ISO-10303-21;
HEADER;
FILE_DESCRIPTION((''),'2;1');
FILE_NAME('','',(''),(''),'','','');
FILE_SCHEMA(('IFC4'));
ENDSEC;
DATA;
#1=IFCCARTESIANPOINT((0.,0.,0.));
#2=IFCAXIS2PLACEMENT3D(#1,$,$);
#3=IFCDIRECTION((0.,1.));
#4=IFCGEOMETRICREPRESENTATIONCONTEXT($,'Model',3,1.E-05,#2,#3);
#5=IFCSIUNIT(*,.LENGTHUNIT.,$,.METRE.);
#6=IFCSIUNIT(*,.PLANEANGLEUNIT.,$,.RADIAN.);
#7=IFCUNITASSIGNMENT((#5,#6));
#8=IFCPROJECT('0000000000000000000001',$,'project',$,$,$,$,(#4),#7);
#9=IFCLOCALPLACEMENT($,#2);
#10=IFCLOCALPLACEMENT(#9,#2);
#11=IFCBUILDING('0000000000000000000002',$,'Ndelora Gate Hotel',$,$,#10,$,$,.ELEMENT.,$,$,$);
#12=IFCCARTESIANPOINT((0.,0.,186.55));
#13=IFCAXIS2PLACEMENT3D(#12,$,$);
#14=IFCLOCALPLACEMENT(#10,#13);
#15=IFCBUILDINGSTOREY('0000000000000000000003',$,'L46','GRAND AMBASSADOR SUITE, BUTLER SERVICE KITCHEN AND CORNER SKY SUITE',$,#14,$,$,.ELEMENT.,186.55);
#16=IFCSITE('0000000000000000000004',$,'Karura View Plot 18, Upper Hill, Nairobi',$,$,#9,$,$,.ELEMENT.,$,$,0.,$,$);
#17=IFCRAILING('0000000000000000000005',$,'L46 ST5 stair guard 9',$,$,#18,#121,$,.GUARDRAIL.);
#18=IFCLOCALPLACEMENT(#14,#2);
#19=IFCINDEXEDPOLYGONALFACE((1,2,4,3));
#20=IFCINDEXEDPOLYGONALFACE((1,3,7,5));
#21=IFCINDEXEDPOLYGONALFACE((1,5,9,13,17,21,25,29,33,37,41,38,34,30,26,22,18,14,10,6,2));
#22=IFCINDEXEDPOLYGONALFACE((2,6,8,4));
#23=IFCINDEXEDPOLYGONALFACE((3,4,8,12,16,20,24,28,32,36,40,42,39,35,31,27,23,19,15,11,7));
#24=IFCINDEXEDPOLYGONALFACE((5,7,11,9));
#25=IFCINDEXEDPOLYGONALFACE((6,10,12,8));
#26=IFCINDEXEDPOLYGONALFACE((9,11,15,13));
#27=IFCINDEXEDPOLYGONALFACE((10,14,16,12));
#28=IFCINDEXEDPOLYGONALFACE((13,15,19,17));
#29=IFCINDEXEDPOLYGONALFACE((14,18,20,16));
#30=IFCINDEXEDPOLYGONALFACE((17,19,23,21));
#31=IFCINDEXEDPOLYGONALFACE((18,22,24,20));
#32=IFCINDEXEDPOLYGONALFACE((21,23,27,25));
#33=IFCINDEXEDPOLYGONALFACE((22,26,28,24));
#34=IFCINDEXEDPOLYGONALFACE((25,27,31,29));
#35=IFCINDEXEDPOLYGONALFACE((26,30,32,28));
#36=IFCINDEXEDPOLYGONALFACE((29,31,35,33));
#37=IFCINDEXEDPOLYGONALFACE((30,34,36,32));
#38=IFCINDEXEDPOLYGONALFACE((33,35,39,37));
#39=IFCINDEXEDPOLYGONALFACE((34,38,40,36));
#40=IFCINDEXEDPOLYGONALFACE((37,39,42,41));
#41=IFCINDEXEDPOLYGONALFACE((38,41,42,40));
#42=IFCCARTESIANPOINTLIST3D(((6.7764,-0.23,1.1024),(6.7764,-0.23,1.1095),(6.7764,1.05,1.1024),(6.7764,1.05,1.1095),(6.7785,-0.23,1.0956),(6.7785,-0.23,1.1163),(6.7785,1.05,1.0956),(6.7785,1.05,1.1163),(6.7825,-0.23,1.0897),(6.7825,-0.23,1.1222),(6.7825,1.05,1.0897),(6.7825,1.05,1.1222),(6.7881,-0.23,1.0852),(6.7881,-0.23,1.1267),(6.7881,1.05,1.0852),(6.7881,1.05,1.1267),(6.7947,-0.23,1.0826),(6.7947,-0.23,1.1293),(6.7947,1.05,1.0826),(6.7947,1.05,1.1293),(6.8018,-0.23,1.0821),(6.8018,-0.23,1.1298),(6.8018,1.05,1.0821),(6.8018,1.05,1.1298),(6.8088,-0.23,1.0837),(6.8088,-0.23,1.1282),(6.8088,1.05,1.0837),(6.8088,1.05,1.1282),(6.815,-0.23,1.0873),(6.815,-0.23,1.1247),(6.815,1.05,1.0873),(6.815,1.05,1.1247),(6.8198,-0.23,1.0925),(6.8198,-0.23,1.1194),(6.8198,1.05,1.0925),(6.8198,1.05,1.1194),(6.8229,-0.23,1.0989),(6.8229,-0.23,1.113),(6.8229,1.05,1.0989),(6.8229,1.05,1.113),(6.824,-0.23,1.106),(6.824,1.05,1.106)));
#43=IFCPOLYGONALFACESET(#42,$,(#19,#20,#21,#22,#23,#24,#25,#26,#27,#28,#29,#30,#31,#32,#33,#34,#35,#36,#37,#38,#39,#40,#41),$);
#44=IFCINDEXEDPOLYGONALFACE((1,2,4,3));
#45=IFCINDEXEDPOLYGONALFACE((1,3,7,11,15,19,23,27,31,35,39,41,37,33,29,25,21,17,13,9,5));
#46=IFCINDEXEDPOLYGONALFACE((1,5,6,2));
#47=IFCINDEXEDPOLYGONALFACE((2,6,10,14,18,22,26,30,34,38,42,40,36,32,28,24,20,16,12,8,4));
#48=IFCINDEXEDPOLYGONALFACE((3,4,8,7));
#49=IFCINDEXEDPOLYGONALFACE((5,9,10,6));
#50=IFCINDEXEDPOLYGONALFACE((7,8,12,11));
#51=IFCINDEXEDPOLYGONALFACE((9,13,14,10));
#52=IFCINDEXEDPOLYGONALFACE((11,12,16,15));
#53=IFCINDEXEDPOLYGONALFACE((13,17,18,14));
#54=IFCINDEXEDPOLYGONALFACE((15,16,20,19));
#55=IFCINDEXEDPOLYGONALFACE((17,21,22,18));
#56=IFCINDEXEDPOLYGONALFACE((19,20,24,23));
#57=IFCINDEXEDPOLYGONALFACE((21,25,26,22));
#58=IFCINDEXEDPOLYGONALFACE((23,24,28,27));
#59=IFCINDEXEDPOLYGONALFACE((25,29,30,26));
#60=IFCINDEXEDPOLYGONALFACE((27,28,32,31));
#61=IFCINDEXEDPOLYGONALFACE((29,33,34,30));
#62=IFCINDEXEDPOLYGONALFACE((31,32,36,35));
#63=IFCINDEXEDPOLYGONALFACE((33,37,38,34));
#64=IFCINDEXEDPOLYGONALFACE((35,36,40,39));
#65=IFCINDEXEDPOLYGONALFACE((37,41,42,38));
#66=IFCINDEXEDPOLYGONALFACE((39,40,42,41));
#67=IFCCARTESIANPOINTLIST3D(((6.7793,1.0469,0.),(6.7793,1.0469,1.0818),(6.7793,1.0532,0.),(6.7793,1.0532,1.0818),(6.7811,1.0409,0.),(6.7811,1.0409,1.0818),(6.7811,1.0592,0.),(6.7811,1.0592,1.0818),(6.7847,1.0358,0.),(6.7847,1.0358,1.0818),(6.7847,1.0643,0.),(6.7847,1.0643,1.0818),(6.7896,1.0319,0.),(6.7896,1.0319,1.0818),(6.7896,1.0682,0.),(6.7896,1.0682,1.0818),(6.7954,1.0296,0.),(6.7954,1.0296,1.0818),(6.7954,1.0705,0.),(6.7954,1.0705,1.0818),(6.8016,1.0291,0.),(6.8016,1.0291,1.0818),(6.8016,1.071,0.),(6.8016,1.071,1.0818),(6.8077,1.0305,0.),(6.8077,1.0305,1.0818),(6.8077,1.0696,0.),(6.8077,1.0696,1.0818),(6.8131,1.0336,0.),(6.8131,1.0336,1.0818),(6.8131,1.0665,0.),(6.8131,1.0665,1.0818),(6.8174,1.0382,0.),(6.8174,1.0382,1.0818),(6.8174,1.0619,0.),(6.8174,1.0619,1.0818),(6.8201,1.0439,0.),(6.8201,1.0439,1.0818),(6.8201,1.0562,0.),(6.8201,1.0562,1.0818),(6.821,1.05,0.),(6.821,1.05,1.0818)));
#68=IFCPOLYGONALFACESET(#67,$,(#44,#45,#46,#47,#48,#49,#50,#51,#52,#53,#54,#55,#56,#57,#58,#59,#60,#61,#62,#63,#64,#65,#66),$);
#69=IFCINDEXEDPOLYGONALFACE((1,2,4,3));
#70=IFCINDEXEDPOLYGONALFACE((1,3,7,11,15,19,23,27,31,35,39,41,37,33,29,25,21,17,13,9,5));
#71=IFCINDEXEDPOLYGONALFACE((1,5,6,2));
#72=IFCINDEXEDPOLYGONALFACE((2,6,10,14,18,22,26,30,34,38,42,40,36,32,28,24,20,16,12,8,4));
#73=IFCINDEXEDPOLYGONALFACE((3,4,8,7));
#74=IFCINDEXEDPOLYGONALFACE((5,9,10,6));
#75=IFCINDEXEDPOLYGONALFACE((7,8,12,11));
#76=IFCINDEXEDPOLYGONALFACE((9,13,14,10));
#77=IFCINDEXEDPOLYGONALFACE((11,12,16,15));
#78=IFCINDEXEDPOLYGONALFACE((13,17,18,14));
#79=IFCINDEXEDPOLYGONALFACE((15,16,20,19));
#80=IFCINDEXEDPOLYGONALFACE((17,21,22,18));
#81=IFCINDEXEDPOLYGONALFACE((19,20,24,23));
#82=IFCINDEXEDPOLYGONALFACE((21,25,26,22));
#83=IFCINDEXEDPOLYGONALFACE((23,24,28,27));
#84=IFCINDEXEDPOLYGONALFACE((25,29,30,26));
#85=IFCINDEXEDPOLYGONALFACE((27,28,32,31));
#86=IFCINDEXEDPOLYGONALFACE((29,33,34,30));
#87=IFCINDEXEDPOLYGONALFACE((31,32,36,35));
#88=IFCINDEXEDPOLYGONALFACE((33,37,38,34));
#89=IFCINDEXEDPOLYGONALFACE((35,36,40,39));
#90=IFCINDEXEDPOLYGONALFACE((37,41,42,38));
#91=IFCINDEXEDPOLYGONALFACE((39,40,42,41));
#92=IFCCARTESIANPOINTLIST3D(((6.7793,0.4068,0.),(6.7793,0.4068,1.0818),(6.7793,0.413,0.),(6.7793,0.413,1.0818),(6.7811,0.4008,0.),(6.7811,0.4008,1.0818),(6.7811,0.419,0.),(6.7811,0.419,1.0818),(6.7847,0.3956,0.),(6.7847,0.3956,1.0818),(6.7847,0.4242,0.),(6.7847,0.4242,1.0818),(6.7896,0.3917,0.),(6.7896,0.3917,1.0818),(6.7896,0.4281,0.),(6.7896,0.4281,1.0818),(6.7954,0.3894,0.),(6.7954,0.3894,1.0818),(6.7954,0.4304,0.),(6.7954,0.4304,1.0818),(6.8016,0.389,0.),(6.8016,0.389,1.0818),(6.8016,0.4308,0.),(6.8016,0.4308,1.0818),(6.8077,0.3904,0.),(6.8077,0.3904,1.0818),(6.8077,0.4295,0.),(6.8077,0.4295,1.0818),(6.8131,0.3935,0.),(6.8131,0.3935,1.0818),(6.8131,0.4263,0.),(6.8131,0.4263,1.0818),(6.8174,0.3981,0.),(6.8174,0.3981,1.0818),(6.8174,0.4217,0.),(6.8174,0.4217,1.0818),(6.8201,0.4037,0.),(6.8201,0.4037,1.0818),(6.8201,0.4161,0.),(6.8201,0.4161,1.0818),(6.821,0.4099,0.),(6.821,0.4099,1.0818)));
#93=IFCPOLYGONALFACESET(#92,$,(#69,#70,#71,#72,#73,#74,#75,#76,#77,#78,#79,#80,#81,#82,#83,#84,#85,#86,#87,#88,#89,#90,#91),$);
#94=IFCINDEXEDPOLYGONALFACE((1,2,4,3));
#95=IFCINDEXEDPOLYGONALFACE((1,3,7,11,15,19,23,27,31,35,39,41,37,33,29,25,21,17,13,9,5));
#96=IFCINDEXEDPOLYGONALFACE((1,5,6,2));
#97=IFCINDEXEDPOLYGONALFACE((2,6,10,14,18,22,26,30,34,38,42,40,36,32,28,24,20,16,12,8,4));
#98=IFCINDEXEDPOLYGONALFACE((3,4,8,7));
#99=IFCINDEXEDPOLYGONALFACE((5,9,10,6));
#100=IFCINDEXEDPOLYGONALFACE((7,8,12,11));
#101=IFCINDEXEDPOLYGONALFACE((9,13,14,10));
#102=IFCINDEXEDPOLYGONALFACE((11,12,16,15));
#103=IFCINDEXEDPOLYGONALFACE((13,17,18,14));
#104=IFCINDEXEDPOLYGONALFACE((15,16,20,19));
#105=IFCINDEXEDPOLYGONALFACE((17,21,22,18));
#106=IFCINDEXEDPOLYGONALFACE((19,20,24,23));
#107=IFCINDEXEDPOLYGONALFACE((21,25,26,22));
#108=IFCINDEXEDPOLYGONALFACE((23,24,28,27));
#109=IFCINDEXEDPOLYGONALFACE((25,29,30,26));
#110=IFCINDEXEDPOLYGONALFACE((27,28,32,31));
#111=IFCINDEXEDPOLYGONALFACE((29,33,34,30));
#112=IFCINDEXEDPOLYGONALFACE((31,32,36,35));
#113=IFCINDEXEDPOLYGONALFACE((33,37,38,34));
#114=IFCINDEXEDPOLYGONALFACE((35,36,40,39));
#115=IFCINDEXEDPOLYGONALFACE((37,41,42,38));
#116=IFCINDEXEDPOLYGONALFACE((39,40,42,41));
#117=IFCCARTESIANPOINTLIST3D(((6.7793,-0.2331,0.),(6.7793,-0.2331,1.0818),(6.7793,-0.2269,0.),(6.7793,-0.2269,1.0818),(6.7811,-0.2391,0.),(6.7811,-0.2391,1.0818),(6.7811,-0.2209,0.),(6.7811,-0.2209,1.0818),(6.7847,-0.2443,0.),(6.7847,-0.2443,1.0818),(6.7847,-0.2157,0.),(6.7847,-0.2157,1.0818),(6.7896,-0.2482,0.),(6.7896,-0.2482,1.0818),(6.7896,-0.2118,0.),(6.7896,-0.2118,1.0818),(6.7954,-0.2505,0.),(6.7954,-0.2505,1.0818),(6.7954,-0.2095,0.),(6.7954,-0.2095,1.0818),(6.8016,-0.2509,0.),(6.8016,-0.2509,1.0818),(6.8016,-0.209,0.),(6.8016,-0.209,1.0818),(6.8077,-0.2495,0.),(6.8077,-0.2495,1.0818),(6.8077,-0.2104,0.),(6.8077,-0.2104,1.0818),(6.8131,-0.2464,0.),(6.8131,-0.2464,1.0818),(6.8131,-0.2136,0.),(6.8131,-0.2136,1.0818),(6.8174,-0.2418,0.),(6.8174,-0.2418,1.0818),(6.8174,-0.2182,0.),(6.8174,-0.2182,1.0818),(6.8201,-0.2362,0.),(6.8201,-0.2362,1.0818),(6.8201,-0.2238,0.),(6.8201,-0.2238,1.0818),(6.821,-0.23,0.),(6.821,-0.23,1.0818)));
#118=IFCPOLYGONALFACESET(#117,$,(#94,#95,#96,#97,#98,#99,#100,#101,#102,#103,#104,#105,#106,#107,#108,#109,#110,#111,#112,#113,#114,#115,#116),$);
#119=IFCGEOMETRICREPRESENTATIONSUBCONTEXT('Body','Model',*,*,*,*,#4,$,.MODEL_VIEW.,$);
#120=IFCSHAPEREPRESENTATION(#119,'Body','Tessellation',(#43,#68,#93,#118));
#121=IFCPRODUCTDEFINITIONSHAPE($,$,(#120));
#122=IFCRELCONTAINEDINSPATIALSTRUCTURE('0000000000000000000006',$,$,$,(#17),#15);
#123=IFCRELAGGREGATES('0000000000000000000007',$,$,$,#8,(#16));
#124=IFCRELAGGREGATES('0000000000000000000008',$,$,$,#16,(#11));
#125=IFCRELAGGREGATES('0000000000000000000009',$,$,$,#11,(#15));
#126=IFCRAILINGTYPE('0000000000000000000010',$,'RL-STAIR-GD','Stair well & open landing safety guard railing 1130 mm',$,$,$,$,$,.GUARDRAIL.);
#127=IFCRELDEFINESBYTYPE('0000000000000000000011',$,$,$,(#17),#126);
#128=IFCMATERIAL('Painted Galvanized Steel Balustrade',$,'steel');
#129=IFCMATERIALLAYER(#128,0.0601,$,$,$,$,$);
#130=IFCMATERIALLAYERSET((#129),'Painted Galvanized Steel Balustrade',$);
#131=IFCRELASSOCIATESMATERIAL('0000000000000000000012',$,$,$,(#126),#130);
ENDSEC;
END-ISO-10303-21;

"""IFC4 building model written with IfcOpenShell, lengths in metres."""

from ifc_helpers import new_model, si_unit, direction, frame, origin, origin_2d, place, context, subcontext, project, spatial, circle, extrude, material, layer, layer_set, type_object, element, save


model = new_model("IFC4")

# Units and contexts
model_context = context("Model", 3, precision=1e-05, world=origin(), true_north=direction((0.0, 1.0)))
body_context = subcontext(model_context, "Body", "Model", "MODEL_VIEW")
ifc_project = project(units=[si_unit("LENGTHUNIT", "METRE"), si_unit("PLANEANGLEUNIT", "RADIAN")], contexts=[model_context])

# Site, building, storey
site_placement = place(None, origin())
site = spatial("IfcSite", under=ifc_project, at=site_placement, Name="Karura View Plot 18, Upper Hill, Nairobi", CompositionType="ELEMENT", RefElevation=0.0)
building_placement = place(site_placement, origin())
building = spatial("IfcBuilding", under=site, at=building_placement, Name="Ndelora Gate Hotel", CompositionType="ELEMENT")
storey_placement = place(building_placement, frame((0.0, 0.0, 186.55)))
storey = spatial("IfcBuildingStorey", under=building, at=storey_placement, Name="L46", Description="GRAND AMBASSADOR SUITE, BUTLER SERVICE KITCHEN AND CORNER SKY SUITE", CompositionType="ELEMENT", Elevation=186.55)

# Railing
ifc_material_1 = material(Name="Painted Galvanized Steel Balustrade", Category="steel")
ifc_layer_1 = layer(ifc_material_1, 0.0601)
ifc_layer_set_1 = layer_set([ifc_layer_1], Name="Painted Galvanized Steel Balustrade")
railing_type = type_object("IfcRailingType", Name="RL-STAIR-GD", Description="Stair well & open landing safety guard railing 1130 mm", PredefinedType="GUARDRAIL", material=ifc_layer_set_1)
for number, where, name in (
    (1, (6.8, 1.05, 0.0), "L46 ST5 stair guard 9"),
):
    element("IfcRailing", number, at=place(storey_placement, frame(where)), inside=storey, type_object=railing_type, Name=name, PredefinedType="GUARDRAIL", context=body_context, shape_type="SweptSolid", body=[
        extrude(circle(Radius=0.0239, at=origin_2d()), frame((0.0, 0.0, 1.106), z_axis=(0.0, -1.0, 0.0), x_axis=(1.0, 0.0, 0.0)), (0.0, 0.0, 1.0), 1.28),
        extrude(circle(Radius=0.021, at=origin_2d()), origin(), (0.0, 0.0, 1.0), 1.0818),
        extrude(circle(Radius=0.021, at=origin_2d()), frame((0.0, -0.6401, 0.0)), (0.0, 0.0, 1.0), 1.0818),
        extrude(circle(Radius=0.021, at=origin_2d()), frame((0.0, -1.28, 0.0)), (0.0, 0.0, 1.0), 1.0818),
    ])

save(model, "model.ifc")
